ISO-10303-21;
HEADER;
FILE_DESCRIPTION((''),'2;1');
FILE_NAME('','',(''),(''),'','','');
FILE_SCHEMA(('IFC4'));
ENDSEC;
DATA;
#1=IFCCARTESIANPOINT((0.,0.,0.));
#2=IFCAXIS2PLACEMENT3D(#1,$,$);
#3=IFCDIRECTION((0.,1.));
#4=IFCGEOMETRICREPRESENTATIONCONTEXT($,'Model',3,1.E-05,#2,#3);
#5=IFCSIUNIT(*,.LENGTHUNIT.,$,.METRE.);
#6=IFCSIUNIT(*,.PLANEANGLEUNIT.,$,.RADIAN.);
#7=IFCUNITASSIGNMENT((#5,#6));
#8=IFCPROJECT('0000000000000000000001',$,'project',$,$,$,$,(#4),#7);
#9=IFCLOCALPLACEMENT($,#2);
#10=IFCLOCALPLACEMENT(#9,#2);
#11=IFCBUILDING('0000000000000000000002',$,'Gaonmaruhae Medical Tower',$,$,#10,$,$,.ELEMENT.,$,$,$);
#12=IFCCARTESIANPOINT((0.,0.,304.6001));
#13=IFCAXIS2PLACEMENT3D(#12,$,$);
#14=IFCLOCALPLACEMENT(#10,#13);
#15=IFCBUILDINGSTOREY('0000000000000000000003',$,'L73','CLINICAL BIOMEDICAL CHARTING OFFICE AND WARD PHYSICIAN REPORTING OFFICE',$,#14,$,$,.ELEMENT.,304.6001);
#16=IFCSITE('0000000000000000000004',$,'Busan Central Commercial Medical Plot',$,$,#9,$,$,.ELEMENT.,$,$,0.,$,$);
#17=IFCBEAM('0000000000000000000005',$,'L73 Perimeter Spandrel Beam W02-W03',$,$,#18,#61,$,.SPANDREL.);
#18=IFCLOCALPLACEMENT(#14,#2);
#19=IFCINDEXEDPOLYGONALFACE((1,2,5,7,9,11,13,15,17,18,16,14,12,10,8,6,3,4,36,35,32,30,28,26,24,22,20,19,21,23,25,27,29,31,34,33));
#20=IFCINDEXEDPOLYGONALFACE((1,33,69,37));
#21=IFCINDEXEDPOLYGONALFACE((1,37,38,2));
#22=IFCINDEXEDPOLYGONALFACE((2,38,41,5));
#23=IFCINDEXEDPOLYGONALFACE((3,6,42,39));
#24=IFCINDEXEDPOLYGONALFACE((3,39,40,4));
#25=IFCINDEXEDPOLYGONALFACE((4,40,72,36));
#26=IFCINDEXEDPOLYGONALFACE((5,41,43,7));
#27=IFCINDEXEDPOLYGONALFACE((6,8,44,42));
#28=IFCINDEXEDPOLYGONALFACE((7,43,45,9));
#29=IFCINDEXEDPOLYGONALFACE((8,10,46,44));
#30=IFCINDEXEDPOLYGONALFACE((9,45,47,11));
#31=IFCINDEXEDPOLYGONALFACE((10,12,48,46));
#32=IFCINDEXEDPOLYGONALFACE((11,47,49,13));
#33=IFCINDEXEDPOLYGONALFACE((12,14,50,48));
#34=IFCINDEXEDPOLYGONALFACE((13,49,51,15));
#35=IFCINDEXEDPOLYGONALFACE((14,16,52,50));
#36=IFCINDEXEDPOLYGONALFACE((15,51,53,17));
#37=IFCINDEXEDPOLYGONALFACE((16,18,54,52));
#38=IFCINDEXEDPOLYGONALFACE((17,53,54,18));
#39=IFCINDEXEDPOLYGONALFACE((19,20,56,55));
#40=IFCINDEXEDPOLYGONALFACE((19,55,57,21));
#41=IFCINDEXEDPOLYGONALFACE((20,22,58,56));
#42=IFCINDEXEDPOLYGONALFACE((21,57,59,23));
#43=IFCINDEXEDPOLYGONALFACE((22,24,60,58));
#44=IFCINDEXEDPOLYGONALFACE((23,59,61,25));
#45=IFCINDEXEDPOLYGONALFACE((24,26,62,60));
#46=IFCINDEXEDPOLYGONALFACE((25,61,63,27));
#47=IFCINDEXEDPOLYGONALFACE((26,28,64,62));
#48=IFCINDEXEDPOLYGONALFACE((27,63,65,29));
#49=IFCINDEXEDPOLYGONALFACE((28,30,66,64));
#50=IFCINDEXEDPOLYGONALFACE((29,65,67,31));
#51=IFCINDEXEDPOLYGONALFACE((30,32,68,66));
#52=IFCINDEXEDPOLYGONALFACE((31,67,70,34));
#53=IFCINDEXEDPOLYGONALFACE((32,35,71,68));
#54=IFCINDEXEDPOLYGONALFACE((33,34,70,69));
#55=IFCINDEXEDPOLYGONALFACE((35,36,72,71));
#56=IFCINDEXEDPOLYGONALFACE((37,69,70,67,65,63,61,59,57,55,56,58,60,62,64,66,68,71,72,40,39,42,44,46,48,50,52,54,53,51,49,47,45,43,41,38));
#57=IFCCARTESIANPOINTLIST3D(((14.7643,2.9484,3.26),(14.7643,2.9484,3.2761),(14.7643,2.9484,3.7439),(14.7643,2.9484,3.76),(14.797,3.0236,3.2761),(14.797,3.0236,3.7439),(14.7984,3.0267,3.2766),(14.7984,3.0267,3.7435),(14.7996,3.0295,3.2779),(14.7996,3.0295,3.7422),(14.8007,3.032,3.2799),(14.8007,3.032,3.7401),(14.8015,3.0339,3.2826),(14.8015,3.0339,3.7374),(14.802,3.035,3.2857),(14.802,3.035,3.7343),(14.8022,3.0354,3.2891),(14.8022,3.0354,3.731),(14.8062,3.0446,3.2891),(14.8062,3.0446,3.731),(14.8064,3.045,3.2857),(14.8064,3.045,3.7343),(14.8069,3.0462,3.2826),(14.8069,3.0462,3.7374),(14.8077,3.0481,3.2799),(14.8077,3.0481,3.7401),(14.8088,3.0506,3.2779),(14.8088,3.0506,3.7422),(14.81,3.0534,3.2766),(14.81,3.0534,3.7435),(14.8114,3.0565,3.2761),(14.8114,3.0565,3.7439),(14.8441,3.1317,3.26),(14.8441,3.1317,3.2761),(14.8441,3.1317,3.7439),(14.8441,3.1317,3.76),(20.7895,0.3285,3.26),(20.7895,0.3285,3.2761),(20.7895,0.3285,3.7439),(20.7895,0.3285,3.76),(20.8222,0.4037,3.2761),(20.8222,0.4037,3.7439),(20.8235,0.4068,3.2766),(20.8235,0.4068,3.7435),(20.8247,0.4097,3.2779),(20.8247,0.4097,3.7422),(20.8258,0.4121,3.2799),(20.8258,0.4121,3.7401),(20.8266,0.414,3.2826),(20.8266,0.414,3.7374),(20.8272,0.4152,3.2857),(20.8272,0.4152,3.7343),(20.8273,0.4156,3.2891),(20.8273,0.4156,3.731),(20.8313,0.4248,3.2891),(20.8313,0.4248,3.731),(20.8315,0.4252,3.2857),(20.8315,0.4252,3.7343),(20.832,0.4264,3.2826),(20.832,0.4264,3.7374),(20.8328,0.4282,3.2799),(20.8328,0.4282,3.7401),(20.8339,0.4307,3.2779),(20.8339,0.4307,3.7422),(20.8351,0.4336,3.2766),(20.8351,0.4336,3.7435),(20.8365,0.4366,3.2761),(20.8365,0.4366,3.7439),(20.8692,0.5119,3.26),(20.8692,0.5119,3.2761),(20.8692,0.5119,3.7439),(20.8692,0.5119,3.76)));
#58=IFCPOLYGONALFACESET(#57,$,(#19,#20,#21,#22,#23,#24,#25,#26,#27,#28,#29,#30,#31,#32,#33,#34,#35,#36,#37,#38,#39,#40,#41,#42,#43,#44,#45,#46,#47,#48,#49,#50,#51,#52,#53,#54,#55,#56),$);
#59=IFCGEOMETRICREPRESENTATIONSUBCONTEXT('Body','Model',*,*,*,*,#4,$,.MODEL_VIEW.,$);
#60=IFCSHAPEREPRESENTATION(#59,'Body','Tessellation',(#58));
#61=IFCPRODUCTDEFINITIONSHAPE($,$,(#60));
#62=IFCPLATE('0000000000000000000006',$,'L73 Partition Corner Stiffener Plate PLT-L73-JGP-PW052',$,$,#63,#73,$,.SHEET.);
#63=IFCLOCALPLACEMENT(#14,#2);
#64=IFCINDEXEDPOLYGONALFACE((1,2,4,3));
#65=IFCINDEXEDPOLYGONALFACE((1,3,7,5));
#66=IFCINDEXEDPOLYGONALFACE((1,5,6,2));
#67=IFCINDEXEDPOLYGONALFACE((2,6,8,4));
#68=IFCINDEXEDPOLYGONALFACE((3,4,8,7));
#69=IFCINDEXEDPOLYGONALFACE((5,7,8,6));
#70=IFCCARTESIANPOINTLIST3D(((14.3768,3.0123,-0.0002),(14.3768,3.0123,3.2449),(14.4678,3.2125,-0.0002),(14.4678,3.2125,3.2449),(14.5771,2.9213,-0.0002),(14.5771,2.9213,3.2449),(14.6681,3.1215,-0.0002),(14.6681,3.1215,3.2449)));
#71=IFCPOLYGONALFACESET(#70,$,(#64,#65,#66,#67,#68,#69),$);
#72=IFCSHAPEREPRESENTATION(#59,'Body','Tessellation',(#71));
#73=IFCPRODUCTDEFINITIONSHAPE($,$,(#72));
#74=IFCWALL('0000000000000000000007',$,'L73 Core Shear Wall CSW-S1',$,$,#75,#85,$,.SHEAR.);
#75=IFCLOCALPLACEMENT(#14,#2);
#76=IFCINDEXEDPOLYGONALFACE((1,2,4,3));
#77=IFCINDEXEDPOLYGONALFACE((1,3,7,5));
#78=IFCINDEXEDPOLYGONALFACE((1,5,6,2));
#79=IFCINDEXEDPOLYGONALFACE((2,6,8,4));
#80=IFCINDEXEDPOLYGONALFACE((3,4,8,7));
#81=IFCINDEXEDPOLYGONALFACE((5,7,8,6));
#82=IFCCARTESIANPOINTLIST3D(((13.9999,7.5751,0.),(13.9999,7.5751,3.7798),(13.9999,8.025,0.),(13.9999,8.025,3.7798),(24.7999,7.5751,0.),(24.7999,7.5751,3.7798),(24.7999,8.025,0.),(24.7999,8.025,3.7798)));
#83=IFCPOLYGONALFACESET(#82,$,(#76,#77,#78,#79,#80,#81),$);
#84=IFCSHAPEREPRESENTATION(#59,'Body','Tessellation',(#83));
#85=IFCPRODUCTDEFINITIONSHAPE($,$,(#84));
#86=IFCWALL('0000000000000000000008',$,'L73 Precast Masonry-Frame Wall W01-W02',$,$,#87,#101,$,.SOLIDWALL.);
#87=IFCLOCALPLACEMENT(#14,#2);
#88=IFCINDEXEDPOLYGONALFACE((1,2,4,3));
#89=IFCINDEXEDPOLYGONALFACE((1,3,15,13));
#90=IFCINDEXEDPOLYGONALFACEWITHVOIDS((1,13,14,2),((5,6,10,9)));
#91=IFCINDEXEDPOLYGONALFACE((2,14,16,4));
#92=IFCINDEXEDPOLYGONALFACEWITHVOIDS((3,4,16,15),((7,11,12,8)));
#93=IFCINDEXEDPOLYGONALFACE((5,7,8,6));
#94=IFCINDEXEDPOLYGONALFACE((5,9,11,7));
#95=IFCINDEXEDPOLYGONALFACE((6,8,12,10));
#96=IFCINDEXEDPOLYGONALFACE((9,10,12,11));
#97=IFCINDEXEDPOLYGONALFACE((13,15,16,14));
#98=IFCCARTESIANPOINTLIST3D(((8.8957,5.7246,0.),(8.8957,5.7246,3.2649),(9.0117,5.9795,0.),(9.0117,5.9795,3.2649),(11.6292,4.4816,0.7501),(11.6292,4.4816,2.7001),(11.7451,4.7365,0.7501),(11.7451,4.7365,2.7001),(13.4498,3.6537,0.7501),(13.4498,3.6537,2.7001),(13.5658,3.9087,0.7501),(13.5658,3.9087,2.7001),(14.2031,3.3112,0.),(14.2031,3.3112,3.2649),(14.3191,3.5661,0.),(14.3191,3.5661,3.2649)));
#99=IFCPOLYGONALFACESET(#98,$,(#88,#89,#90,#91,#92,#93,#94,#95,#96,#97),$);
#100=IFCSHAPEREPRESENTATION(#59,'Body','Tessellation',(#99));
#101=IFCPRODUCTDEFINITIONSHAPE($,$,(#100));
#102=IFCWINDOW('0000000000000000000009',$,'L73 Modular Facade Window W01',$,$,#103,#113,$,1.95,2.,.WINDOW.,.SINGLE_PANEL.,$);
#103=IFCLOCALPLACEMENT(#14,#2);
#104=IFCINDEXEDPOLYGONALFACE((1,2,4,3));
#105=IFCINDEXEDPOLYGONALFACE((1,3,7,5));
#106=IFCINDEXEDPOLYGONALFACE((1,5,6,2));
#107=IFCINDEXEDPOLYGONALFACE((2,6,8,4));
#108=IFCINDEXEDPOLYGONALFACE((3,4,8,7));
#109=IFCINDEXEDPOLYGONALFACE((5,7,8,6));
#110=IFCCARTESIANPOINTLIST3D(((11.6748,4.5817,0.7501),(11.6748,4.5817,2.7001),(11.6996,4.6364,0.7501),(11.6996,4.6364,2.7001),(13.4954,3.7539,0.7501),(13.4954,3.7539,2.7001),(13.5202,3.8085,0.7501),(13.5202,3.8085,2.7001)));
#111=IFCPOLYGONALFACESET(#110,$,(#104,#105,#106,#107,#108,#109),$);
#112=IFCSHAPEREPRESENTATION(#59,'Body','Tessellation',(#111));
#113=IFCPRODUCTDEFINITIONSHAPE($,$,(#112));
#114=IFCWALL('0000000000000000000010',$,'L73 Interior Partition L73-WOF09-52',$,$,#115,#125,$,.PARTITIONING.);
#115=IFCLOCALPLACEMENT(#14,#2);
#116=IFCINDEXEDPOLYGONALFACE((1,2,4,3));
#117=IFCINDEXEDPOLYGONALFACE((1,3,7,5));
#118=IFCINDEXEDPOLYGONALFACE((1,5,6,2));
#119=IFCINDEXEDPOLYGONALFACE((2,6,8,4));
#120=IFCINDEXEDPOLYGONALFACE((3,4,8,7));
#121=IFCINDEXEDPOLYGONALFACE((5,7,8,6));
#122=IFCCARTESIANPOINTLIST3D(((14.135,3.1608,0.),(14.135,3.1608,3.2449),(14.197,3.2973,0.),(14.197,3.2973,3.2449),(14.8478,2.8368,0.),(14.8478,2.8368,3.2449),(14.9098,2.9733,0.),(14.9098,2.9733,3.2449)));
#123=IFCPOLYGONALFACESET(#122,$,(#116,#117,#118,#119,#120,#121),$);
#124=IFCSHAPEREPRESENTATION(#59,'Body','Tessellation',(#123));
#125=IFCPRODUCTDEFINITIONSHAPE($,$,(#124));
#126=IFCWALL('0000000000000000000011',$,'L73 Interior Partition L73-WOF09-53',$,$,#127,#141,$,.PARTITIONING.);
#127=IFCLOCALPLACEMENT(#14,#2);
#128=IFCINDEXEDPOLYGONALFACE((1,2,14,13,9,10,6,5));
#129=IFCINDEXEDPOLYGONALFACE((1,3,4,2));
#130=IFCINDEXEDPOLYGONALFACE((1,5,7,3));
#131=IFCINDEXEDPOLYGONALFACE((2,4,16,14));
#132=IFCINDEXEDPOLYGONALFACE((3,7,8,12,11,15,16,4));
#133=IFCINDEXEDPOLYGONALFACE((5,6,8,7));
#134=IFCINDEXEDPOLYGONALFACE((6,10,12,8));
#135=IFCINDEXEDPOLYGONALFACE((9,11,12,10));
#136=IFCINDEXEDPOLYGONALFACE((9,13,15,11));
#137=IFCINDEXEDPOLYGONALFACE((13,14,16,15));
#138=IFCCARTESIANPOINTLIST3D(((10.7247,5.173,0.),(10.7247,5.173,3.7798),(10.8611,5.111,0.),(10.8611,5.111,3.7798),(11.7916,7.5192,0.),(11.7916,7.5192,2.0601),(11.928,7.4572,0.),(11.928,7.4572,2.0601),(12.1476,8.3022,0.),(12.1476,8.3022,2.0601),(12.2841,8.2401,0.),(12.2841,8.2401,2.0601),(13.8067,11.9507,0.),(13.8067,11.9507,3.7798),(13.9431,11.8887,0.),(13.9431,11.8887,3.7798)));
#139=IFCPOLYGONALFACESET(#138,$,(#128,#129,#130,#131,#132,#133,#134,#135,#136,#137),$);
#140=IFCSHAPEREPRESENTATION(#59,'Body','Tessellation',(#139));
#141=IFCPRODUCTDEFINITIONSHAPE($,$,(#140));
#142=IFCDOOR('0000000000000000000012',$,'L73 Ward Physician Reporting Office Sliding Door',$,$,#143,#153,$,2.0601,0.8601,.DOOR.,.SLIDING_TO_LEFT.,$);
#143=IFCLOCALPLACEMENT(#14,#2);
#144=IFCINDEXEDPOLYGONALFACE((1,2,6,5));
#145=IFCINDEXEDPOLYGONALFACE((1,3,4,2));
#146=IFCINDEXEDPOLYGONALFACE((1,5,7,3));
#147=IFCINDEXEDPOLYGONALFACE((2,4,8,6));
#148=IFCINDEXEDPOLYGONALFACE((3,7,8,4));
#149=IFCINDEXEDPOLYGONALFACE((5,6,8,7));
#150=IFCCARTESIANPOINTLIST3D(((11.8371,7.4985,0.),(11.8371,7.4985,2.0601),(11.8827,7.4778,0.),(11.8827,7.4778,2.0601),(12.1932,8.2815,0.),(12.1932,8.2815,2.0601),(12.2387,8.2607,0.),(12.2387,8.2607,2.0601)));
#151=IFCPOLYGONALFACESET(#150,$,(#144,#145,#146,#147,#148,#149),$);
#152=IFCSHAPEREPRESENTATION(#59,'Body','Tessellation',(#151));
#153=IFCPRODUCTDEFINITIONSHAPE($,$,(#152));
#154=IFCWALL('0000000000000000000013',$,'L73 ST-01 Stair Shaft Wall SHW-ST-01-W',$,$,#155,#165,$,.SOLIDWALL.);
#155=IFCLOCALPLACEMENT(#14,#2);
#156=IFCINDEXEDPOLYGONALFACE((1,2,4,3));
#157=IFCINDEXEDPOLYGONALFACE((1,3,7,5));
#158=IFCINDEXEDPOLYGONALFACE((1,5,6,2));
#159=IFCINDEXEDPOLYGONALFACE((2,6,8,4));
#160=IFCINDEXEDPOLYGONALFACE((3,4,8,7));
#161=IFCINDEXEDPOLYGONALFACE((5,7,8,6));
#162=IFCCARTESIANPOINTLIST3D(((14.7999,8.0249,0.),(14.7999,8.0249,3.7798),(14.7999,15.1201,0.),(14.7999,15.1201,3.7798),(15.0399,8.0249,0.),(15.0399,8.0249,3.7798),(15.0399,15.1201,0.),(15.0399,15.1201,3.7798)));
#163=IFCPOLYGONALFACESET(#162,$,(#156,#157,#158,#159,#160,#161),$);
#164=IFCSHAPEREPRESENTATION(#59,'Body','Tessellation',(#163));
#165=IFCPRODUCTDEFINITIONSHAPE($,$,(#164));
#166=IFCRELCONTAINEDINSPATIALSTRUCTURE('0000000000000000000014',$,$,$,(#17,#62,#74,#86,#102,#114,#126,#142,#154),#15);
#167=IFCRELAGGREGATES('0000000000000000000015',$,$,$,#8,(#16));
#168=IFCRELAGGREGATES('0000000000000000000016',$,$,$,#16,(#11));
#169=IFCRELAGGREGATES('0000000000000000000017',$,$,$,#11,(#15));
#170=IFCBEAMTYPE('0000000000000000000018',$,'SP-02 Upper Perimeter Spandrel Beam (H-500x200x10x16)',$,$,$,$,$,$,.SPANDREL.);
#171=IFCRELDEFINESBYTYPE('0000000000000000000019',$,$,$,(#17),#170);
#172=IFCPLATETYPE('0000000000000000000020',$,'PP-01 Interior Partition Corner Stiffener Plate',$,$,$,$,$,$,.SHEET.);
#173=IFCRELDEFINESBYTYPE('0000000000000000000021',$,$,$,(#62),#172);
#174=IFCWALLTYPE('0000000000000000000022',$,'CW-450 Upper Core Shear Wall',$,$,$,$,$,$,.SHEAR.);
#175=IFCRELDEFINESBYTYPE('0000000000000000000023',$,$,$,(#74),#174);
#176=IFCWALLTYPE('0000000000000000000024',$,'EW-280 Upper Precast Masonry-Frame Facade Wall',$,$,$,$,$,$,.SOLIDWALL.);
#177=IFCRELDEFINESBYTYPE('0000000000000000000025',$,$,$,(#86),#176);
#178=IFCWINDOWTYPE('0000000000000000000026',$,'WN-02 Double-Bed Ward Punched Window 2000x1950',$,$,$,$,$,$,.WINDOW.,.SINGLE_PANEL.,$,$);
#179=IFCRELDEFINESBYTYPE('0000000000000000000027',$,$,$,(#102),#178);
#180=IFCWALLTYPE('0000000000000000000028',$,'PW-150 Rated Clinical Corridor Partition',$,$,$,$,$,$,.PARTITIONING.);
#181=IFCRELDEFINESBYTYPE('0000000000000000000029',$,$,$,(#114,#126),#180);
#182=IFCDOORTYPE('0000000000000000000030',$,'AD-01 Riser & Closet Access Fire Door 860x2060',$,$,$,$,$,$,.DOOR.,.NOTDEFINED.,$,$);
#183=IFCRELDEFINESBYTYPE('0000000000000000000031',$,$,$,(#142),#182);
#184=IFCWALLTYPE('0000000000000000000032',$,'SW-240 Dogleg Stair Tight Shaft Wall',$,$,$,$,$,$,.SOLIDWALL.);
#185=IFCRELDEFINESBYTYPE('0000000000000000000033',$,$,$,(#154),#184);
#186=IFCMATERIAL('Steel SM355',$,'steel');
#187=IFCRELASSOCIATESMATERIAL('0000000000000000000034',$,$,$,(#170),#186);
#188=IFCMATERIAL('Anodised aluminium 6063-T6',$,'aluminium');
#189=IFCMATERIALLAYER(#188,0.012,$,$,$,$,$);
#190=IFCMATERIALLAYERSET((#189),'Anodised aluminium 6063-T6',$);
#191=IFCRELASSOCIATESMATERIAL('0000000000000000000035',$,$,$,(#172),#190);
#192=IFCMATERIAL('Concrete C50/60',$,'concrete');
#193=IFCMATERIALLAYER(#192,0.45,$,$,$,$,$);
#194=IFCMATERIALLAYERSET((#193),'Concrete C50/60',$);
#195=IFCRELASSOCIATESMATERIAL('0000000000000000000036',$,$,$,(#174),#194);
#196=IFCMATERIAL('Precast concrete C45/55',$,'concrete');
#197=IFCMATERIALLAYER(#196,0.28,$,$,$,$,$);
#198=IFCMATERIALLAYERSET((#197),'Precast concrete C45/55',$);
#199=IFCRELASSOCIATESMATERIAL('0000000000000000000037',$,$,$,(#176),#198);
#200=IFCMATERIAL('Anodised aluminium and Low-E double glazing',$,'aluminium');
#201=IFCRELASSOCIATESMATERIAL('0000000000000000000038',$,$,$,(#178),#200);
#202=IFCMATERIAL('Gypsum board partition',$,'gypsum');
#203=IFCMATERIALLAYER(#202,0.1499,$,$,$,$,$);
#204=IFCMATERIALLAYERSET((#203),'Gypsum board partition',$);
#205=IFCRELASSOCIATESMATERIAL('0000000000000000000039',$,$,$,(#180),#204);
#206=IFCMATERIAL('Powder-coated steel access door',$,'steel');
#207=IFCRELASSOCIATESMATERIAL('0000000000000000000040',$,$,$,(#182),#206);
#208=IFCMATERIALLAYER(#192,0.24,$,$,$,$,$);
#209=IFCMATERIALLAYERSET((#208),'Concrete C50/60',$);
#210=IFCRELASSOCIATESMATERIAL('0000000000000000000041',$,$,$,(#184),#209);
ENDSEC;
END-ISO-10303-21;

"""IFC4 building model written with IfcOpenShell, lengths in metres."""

from ifc_helpers import new_model, si_unit, direction, frame, frame_2d, origin, origin_2d, place, context, subcontext, project, spatial, rectangle, i_section, extrude, material, layer, layer_set, material_profile, profile_set, type_object, element, fill, save


model = new_model("IFC4")

# Units and contexts
model_context = context("Model", 3, precision=1e-05, world=origin(), true_north=direction((0.0, 1.0)))
body_context = subcontext(model_context, "Body", "Model", "MODEL_VIEW")
ifc_project = project(units=[si_unit("LENGTHUNIT", "METRE"), si_unit("PLANEANGLEUNIT", "RADIAN")], contexts=[model_context])

# Site, building, storey
site_placement = place(None, origin())
site = spatial("IfcSite", under=ifc_project, at=site_placement, Name="Busan Central Commercial Medical Plot", CompositionType="ELEMENT", RefElevation=0.0)
building_placement = place(site_placement, origin())
building = spatial("IfcBuilding", under=site, at=building_placement, Name="Gaonmaruhae Medical Tower", CompositionType="ELEMENT")
storey_placement = place(building_placement, frame((0.0, 0.0, 304.6001)))
storey = spatial("IfcBuildingStorey", under=building, at=storey_placement, Name="L73", Description="CLINICAL BIOMEDICAL CHARTING OFFICE AND WARD PHYSICIAN REPORTING OFFICE", CompositionType="ELEMENT", Elevation=304.6001)

# Shared definitions
ifc_material_1 = material(Name="Concrete C50/60", Category="concrete")

# Beam
ifc_material_2 = material(Name="Steel SM355", Category="steel")
ifc_material_profile_1 = material_profile(ifc_material_2, i_section(OverallWidth=0.2, OverallDepth=0.5, WebThickness=0.01, FlangeThickness=0.0161, FilletRadius=0.0129, at=origin_2d()), Name="H-500x200x10x16")
ifc_profile_set_1 = profile_set([ifc_material_profile_1], Name="Steel SM355")
beam_type_1 = type_object("IfcBeamType", Name="SP-02 Upper Perimeter Spandrel Beam (H-500x200x10x16)", PredefinedType="SPANDREL", material=ifc_profile_set_1)
beam_1_placement = place(storey_placement, frame((14.8042, 3.04, 3.51), z_axis=(0.917056, -0.398757, 0.0), x_axis=(0.398757, 0.917056, 0.0)))
element("IfcBeam", 1, at=beam_1_placement, inside=storey, type_object=beam_type_1, Name="L73 Perimeter Spandrel Beam W02-W03", PredefinedType="SPANDREL", context=body_context, shape_type="SweptSolid", body=[
    extrude(i_section(OverallWidth=0.2, OverallDepth=0.5, WebThickness=0.01, FlangeThickness=0.0161, FilletRadius=0.0129, at=origin_2d()), origin(), (0.0, 0.0, 1.0), 6.5701),
])

# Plate
ifc_material_3 = material(Name="Anodised aluminium 6063-T6", Category="aluminium")
ifc_layer_1 = layer(ifc_material_3, 0.012)
ifc_layer_set_1 = layer_set([ifc_layer_1], Name="Anodised aluminium 6063-T6")
plate_type = type_object("IfcPlateType", Name="PP-01 Interior Partition Corner Stiffener Plate", PredefinedType="SHEET", material=ifc_layer_set_1)
plate_placement = place(storey_placement, frame((14.5225, 3.0669, -0.0002), z_axis=(0.0, 0.0, 1.0), x_axis=(-0.910409, 0.413708, 0.0)))
element("IfcPlate", 2, at=plate_placement, inside=storey, type_object=plate_type, Name="L73 Partition Corner Stiffener Plate PLT-L73-JGP-PW052", PredefinedType="SHEET", context=body_context, shape_type="SweptSolid", body=[
    extrude(rectangle(XDim=0.22, YDim=0.22, at=origin_2d()), origin(), (0.0, 0.0, 1.0), 3.2451),
])

# Wall
ifc_layer_2 = layer(ifc_material_1, 0.45)
ifc_layer_set_2 = layer_set([ifc_layer_2], Name="Concrete C50/60")
wall_type_1 = type_object("IfcWallType", Name="CW-450 Upper Core Shear Wall", PredefinedType="SHEAR", material=ifc_layer_set_2)
wall_1_placement = place(storey_placement, frame((14.0, 7.8, 0.0), z_axis=(0.0, 0.0, 1.0), x_axis=(1.0, 0.0, 0.0)))
element("IfcWall", 3, at=wall_1_placement, inside=storey, type_object=wall_type_1, Name="L73 Core Shear Wall CSW-S1", PredefinedType="SHEAR", context=body_context, shape_type="SweptSolid", body=[
    extrude(rectangle(XDim=10.8, YDim=0.45, at=frame_2d((5.3999, 0.0))), origin(), (0.0, 0.0, 1.0), 3.7798),
])

# Wall, opening, window
ifc_material_4 = material(Name="Precast concrete C45/55", Category="concrete")
ifc_layer_3 = layer(ifc_material_4, 0.28)
ifc_layer_set_3 = layer_set([ifc_layer_3], Name="Precast concrete C45/55")
wall_type_2 = type_object("IfcWallType", Name="EW-280 Upper Precast Masonry-Frame Facade Wall", PredefinedType="SOLIDWALL", material=ifc_layer_set_3)
wall_2_placement = place(storey_placement, frame((14.261, 3.4387, 0.0), z_axis=(0.0, 0.0, 1.0), x_axis=(-0.910309, 0.413929, 0.0)))
wall_2 = element("IfcWall", 4, at=wall_2_placement, inside=storey, type_object=wall_type_2, Name="L73 Precast Masonry-Frame Wall W01-W02", PredefinedType="SOLIDWALL", context=body_context, shape_type="SweptSolid", body=[
    extrude(rectangle(XDim=5.8303, YDim=0.28, at=frame_2d((2.915, 0.0))), origin(), (0.0, 0.0, 1.0), 3.2649),
])
opening_1_placement = place(wall_2_placement, frame((0.8274, 0.0, 0.75)))
opening_1 = element("IfcOpeningElement", 5, at=opening_1_placement, cuts=wall_2, PredefinedType="OPENING", context=body_context, shape_type="SweptSolid", body=[
    extrude(rectangle(XDim=2.0, YDim=1.95, at=frame_2d((1.0, 0.9751))), frame((0.0, 0.1499, 0.0), z_axis=(0.0, -1.0, 0.0), x_axis=(1.0, 0.0, 0.0)), (0.0, 0.0, 1.0), 0.3),
])
ifc_material_5 = material(Name="Anodised aluminium and Low-E double glazing", Category="aluminium")
window_type = type_object("IfcWindowType", Name="WN-02 Double-Bed Ward Punched Window 2000x1950", PartitioningType="SINGLE_PANEL", PredefinedType="WINDOW", material=ifc_material_5)
window_placement = place(opening_1_placement, origin())
window = element("IfcWindow", 6, at=window_placement, inside=storey, type_object=window_type, Name="L73 Modular Facade Window W01", OverallHeight=1.95, OverallWidth=2.0, PartitioningType="SINGLE_PANEL", PredefinedType="WINDOW", context=body_context, shape_type="SweptSolid", body=[
    extrude(rectangle(XDim=2.0, YDim=1.95, at=frame_2d((1.0, 0.9751))), frame((0.0, 0.03, 0.0), z_axis=(0.0, -1.0, 0.0), x_axis=(1.0, 0.0, 0.0)), (0.0, 0.0, 1.0), 0.0601),
])
fill(opening_1, window)

# Wall
ifc_material_6 = material(Name="Gypsum board partition", Category="gypsum")
ifc_layer_4 = layer(ifc_material_6, 0.1499)
ifc_layer_set_4 = layer_set([ifc_layer_4], Name="Gypsum board partition")
wall_type_3 = type_object("IfcWallType", Name="PW-150 Rated Clinical Corridor Partition", PredefinedType="PARTITIONING", material=ifc_layer_set_4)
wall_3_placement = place(storey_placement, frame((14.8789, 2.905, 0.0), z_axis=(0.0, 0.0, 1.0), x_axis=(-0.910399, 0.413732, 0.0)))
element("IfcWall", 7, at=wall_3_placement, inside=storey, type_object=wall_type_3, Name="L73 Interior Partition L73-WOF09-52", PredefinedType="PARTITIONING", context=body_context, shape_type="SweptSolid", body=[
    extrude(rectangle(XDim=0.783, YDim=0.1499, at=frame_2d((0.3916, 0.0))), origin(), (0.0, 0.0, 1.0), 3.2449),
])

# Wall, opening, door
wall_4_placement = place(storey_placement, frame((10.793, 5.1421, 0.0), z_axis=(0.0, 0.0, 1.0), x_axis=(0.413936, 0.910306, 0.0)))
wall_4 = element("IfcWall", 8, at=wall_4_placement, inside=storey, type_object=wall_type_3, Name="L73 Interior Partition L73-WOF09-53", PredefinedType="PARTITIONING", context=body_context, shape_type="SweptSolid", body=[
    extrude(rectangle(XDim=7.4456, YDim=0.1499, at=frame_2d((3.7227, 0.0))), origin(), (0.0, 0.0, 1.0), 3.7798),
])
opening_2_placement = place(wall_4_placement, frame((2.5771, 0.0, 0.0)))
opening_2 = element("IfcOpeningElement", 9, at=opening_2_placement, cuts=wall_4, PredefinedType="OPENING", context=body_context, shape_type="SweptSolid", body=[
    extrude(rectangle(XDim=0.8601, YDim=2.0601, at=frame_2d((0.4302, 1.03))), frame((0.0, 0.085, 0.0), z_axis=(0.0, -1.0, 0.0), x_axis=(1.0, 0.0, 0.0)), (0.0, 0.0, 1.0), 0.1699),
])
ifc_material_7 = material(Name="Powder-coated steel access door", Category="steel")
door_type = type_object("IfcDoorType", Name="AD-01 Riser & Closet Access Fire Door 860x2060", OperationType="NOTDEFINED", PredefinedType="DOOR", material=ifc_material_7)
door_placement = place(opening_2_placement, origin())
door = element("IfcDoor", 10, at=door_placement, inside=storey, type_object=door_type, Name="L73 Ward Physician Reporting Office Sliding Door", OperationType="SLIDING_TO_LEFT", OverallHeight=2.0601, OverallWidth=0.8601, PredefinedType="DOOR", context=body_context, shape_type="SweptSolid", body=[
    extrude(rectangle(XDim=0.8601, YDim=2.0601, at=frame_2d((0.4302, 1.03))), frame((0.0, 0.0249, 0.0), z_axis=(0.0, -1.0, 0.0), x_axis=(1.0, 0.0, 0.0)), (0.0, 0.0, 1.0), 0.05),
])
fill(opening_2, door)

# Wall
ifc_layer_5 = layer(ifc_material_1, 0.24)
ifc_layer_set_5 = layer_set([ifc_layer_5], Name="Concrete C50/60")
wall_type_4 = type_object("IfcWallType", Name="SW-240 Dogleg Stair Tight Shaft Wall", PredefinedType="SOLIDWALL", material=ifc_layer_set_5)
wall_5_placement = place(storey_placement, frame((14.9199, 8.0249, 0.0), z_axis=(0.0, 0.0, 1.0), x_axis=(0.0, 1.0, 0.0)))
element("IfcWall", 11, at=wall_5_placement, inside=storey, type_object=wall_type_4, Name="L73 ST-01 Stair Shaft Wall SHW-ST-01-W", PredefinedType="SOLIDWALL", context=body_context, shape_type="SweptSolid", body=[
    extrude(rectangle(XDim=7.0952, YDim=0.24, at=frame_2d((3.5476, 0.0))), origin(), (0.0, 0.0, 1.0), 3.7798),
])

save(model, "model.ifc")
